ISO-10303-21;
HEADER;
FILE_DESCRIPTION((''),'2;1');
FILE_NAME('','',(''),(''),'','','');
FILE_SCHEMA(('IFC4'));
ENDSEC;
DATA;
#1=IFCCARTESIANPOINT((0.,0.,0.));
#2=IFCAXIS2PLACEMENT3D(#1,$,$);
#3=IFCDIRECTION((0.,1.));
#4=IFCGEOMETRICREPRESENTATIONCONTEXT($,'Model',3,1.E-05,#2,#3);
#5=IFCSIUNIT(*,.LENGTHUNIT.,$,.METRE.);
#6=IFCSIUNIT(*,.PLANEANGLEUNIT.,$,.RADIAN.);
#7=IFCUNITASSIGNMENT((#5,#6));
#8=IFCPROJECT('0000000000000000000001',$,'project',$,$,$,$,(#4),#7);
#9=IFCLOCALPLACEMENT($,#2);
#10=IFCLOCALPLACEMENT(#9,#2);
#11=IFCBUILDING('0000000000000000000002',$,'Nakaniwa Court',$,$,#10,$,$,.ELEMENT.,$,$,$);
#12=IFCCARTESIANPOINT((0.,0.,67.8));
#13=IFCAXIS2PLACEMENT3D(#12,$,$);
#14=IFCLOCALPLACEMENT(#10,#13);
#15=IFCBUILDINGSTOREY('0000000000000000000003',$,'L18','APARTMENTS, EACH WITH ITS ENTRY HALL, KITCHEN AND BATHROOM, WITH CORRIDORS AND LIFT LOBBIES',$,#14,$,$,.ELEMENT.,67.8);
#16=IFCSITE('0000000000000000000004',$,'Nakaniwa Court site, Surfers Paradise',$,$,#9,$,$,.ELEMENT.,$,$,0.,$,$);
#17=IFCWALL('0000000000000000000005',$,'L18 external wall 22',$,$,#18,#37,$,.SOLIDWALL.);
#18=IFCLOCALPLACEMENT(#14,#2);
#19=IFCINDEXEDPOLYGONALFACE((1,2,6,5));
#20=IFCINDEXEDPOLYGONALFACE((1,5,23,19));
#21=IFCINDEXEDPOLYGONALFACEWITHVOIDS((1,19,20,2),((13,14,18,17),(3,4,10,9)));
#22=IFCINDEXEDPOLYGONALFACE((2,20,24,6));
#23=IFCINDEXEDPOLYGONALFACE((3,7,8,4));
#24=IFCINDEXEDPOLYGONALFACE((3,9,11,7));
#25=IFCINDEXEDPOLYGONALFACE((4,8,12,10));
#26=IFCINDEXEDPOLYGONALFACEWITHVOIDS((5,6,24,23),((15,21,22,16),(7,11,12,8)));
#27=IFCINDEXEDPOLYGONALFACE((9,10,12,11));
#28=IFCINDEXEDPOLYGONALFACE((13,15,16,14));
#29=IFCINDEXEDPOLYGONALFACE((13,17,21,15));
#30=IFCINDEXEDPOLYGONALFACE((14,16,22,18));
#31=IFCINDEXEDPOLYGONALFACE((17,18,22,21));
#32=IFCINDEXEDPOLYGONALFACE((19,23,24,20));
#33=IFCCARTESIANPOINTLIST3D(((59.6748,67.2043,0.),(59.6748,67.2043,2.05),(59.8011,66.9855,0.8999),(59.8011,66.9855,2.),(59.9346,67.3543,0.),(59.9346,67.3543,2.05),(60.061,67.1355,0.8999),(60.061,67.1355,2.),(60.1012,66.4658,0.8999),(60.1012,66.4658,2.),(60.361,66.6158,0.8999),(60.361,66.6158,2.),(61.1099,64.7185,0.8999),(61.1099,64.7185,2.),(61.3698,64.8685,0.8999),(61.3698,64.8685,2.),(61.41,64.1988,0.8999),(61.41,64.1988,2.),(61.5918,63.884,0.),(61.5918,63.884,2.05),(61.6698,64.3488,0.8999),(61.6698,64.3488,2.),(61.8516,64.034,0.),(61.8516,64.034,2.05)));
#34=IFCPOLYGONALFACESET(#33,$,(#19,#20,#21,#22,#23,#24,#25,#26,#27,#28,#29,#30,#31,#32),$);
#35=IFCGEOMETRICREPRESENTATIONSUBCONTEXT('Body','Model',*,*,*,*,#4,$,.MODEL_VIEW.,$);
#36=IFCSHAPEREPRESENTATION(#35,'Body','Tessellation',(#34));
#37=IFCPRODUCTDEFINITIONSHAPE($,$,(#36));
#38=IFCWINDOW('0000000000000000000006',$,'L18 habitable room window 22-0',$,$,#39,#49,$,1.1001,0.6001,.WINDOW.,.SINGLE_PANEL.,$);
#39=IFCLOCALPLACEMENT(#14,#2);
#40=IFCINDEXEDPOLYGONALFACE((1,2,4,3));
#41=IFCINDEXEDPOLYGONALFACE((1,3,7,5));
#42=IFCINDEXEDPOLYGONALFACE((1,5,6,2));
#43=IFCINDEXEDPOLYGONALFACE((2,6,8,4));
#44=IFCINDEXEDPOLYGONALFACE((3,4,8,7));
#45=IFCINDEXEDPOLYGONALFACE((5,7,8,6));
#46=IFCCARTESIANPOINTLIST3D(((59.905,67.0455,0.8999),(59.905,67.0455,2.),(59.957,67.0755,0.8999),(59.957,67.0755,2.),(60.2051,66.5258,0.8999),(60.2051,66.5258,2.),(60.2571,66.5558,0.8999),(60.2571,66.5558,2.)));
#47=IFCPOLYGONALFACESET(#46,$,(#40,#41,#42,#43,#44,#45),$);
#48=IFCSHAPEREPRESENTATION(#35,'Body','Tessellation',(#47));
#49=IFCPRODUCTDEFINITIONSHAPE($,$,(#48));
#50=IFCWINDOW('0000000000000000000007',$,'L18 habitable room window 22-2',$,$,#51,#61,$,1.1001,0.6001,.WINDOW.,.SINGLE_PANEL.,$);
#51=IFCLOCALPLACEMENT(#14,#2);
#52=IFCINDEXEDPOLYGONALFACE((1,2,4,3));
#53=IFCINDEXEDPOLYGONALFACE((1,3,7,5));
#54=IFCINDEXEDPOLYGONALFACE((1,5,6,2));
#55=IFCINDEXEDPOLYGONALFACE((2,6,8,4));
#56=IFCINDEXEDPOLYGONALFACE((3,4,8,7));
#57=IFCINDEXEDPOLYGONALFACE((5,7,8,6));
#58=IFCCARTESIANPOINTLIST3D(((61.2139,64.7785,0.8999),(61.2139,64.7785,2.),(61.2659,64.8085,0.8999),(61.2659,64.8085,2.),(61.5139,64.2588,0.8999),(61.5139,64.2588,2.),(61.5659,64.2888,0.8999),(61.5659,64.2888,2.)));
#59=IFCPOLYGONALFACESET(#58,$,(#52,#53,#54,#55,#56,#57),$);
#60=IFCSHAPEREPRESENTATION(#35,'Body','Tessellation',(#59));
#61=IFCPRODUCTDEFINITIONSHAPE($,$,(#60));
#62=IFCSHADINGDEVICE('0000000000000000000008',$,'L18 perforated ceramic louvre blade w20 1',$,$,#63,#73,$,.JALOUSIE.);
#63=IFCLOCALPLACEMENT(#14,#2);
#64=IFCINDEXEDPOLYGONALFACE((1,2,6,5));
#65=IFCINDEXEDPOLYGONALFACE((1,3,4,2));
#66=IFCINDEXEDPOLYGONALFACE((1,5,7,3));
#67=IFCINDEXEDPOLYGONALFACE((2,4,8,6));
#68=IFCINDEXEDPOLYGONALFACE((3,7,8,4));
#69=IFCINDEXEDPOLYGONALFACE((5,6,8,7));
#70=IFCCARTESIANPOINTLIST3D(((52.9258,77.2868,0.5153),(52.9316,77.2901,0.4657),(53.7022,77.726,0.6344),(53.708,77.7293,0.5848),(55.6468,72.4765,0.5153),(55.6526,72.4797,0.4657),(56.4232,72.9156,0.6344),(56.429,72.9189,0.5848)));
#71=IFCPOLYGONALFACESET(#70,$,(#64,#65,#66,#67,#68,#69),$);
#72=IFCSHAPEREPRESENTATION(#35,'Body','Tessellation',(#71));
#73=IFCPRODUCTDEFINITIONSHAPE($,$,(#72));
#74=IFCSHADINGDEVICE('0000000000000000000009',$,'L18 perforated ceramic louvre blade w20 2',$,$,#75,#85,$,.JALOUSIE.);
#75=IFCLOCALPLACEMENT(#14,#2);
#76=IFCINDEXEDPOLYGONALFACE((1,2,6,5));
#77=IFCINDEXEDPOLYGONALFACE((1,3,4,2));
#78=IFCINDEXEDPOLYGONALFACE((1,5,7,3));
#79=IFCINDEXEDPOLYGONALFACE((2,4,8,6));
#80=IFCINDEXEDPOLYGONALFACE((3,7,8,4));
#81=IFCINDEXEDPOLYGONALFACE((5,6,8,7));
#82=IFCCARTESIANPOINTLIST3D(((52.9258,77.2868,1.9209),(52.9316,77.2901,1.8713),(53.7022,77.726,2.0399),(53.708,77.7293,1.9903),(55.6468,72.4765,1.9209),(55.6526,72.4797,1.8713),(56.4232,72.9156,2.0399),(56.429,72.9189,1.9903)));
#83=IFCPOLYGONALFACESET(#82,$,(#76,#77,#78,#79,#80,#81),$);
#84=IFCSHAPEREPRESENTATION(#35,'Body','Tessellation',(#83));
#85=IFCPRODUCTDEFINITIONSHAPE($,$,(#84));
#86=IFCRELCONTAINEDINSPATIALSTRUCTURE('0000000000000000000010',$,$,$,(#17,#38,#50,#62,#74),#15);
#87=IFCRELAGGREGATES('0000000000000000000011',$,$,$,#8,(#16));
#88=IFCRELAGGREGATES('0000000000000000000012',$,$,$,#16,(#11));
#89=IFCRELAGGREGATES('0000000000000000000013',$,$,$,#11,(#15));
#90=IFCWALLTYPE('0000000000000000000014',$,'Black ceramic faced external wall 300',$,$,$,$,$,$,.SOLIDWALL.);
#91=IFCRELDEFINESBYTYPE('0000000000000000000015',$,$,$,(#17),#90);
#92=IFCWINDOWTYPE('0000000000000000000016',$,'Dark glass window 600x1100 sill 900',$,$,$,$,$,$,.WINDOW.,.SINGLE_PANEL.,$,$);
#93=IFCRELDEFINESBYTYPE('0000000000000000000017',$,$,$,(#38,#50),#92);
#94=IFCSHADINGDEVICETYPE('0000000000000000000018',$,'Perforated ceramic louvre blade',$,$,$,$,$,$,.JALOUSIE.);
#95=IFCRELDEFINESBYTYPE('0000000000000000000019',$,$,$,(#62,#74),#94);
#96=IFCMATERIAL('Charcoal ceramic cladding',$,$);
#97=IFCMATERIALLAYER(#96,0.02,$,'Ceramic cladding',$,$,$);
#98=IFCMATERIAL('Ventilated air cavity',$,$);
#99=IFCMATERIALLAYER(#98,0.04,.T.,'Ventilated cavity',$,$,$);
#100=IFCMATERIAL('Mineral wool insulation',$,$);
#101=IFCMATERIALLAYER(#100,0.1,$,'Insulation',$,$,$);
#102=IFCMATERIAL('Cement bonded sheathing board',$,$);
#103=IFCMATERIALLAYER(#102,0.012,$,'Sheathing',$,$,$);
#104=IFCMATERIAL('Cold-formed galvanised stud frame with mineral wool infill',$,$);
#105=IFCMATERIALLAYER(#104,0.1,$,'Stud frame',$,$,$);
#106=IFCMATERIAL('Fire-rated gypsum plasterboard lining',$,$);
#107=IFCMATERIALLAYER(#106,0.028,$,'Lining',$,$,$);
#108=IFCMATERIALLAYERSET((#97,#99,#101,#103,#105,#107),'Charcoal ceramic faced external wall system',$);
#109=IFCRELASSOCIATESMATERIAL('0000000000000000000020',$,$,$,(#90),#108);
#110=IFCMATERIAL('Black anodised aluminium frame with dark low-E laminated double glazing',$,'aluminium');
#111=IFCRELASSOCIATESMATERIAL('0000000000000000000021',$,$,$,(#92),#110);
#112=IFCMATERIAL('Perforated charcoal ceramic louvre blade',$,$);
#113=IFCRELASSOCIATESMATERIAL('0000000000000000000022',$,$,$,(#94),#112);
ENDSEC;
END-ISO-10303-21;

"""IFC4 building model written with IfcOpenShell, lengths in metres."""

from ifc_helpers import new_model, si_unit, direction, frame, frame_2d, origin, origin_2d, place, context, subcontext, project, spatial, rectangle, extrude, material, layer, layer_set, material_profile, profile_set, type_object, element, fill, save


model = new_model("IFC4")

# Units and contexts
model_context = context("Model", 3, precision=1e-05, world=origin(), true_north=direction((0.0, 1.0)))
body_context = subcontext(model_context, "Body", "Model", "MODEL_VIEW")
ifc_project = project(units=[si_unit("LENGTHUNIT", "METRE"), si_unit("PLANEANGLEUNIT", "RADIAN")], contexts=[model_context])

# Site, building, storey
site_placement = place(None, origin())
site = spatial("IfcSite", under=ifc_project, at=site_placement, Name="Nakaniwa Court site, Surfers Paradise", CompositionType="ELEMENT", RefElevation=0.0)
building_placement = place(site_placement, origin())
building = spatial("IfcBuilding", under=site, at=building_placement, Name="Nakaniwa Court", CompositionType="ELEMENT")
storey_placement = place(building_placement, frame((0.0, 0.0, 67.8)))
storey = spatial("IfcBuildingStorey", under=building, at=storey_placement, Name="L18", Description="APARTMENTS, EACH WITH ITS ENTRY HALL, KITCHEN AND BATHROOM, WITH CORRIDORS AND LIFT LOBBIES", CompositionType="ELEMENT", Elevation=67.8)

# Shared definitions
ifc_material_1 = material(Name="Charcoal ceramic cladding")
ifc_layer_1 = layer(ifc_material_1, 0.02, Name="Ceramic cladding")
ifc_material_2 = material(Name="Ventilated air cavity")
ifc_layer_2 = layer(ifc_material_2, 0.04, ventilated=True, Name="Ventilated cavity")
ifc_material_3 = material(Name="Mineral wool insulation")
ifc_layer_3 = layer(ifc_material_3, 0.1, Name="Insulation")
ifc_material_4 = material(Name="Cement bonded sheathing board")
ifc_layer_4 = layer(ifc_material_4, 0.012, Name="Sheathing")
ifc_material_5 = material(Name="Cold-formed galvanised stud frame with mineral wool infill")
ifc_layer_5 = layer(ifc_material_5, 0.1, Name="Stud frame")
ifc_material_6 = material(Name="Fire-rated gypsum plasterboard lining")
ifc_layer_6 = layer(ifc_material_6, 0.028, Name="Lining")
ifc_layer_set = layer_set([ifc_layer_1, ifc_layer_2, ifc_layer_3, ifc_layer_4, ifc_layer_5, ifc_layer_6], Name="Charcoal ceramic faced external wall system")
wall_type = type_object("IfcWallType", Name="Black ceramic faced external wall 300", PredefinedType="SOLIDWALL", material=ifc_layer_set)
ifc_material_7 = material(Name="Black anodised aluminium frame with dark low-E laminated double glazing", Category="aluminium")

# Wall, openings, windows
wall_1_placement = place(storey_placement, frame((59.8047, 67.2793, 0.0), z_axis=(0.0, 0.0, 1.0), x_axis=(0.500002, -0.866024, 0.0)))
wall_1 = element("IfcWall", 1, at=wall_1_placement, inside=storey, type_object=wall_type, Name="L18 external wall 22", PredefinedType="SOLIDWALL", context=body_context, shape_type="SweptSolid", body=[
    extrude(rectangle(XDim=3.834, YDim=0.3, at=frame_2d((1.917, 0.0))), origin(), (0.0, 0.0, 1.0), 2.05),
])
opening_1_placement = place(wall_1_placement, frame((0.2527, 0.0, 0.8999)))
opening_1 = element("IfcOpeningElement", 2, at=opening_1_placement, cuts=wall_1, PredefinedType="OPENING", context=body_context, shape_type="SweptSolid", body=[
    extrude(rectangle(XDim=0.6001, YDim=1.1001, at=frame_2d((0.3, 0.55))), frame((0.0, 0.1599, 0.0), z_axis=(0.0, -1.0, 0.0), x_axis=(1.0, 0.0, 0.0)), (0.0, 0.0, 1.0), 0.3201),
])
opening_2_placement = place(wall_1_placement, frame((2.8704, 0.0, 0.8999)))
opening_2 = element("IfcOpeningElement", 3, at=opening_2_placement, cuts=wall_1, PredefinedType="OPENING", context=body_context, shape_type="SweptSolid", body=[
    extrude(rectangle(XDim=0.6001, YDim=1.1001, at=frame_2d((0.3, 0.55))), frame((0.0, 0.1599, 0.0), z_axis=(0.0, -1.0, 0.0), x_axis=(1.0, 0.0, 0.0)), (0.0, 0.0, 1.0), 0.3201),
])
window_type_1 = type_object("IfcWindowType", Name="Dark glass window 600x1100 sill 900", PartitioningType="SINGLE_PANEL", PredefinedType="WINDOW", material=ifc_material_7)
window_1_placement = place(opening_1_placement, origin())
window_1 = element("IfcWindow", 4, at=window_1_placement, inside=storey, type_object=window_type_1, Name="L18 habitable room window 22-0", OverallHeight=1.1001, OverallWidth=0.6001, PartitioningType="SINGLE_PANEL", PredefinedType="WINDOW", context=body_context, shape_type="SweptSolid", body=[
    extrude(rectangle(XDim=0.6001, YDim=1.1001, at=frame_2d((0.3, 0.55))), frame((0.0, 0.03, 0.0), z_axis=(0.0, -1.0, 0.0), x_axis=(1.0, 0.0, 0.0)), (0.0, 0.0, 1.0), 0.0601),
])
fill(opening_1, window_1)
window_2_placement = place(opening_2_placement, origin())
window_2 = element("IfcWindow", 5, at=window_2_placement, inside=storey, type_object=window_type_1, Name="L18 habitable room window 22-2", OverallHeight=1.1001, OverallWidth=0.6001, PartitioningType="SINGLE_PANEL", PredefinedType="WINDOW", context=body_context, shape_type="SweptSolid", body=[
    extrude(rectangle(XDim=0.6001, YDim=1.1001, at=frame_2d((0.3, 0.55))), frame((0.0, 0.03, 0.0), z_axis=(0.0, -1.0, 0.0), x_axis=(1.0, 0.0, 0.0)), (0.0, 0.0, 1.0), 0.0601),
])
fill(opening_2, window_2)

# Shading devices
ifc_material_8 = material(Name="Perforated charcoal ceramic louvre blade")
ifc_material_profile_1 = material_profile(ifc_material_8, rectangle(XDim=0.8999, YDim=0.05, at=origin_2d()), Name="Perforated ceramic louvre blade")
ifc_profile_set_1 = profile_set([ifc_material_profile_1], Name="Perforated charcoal ceramic louvre blade")
shading_device_type = type_object("IfcShadingDeviceType", Name="Perforated ceramic louvre blade", PredefinedType="JALOUSIE", material=ifc_profile_set_1)
for number, where, z_axis, x_axis, name in (
    (6, (53.3169, 77.5081, 0.55), (0.492343, -0.870402, 0.0), (0.862756, 0.488018, 0.132256), "L18 perforated ceramic louvre blade w20 1"),
    (7, (53.3169, 77.5081, 1.9556), (0.492343, -0.870402, 0.0), (0.862756, 0.488018, 0.132256), "L18 perforated ceramic louvre blade w20 2"),
):
    element("IfcShadingDevice", number, at=place(storey_placement, frame(where, z_axis=z_axis, x_axis=x_axis)), inside=storey, type_object=shading_device_type, Name=name, PredefinedType="JALOUSIE", context=body_context, shape_type="SweptSolid", body=[
        extrude(rectangle(XDim=0.8999, YDim=0.05, at=origin_2d()), origin(), (0.0, 0.0, 1.0), 5.5266),
    ])

save(model, "model.ifc")
